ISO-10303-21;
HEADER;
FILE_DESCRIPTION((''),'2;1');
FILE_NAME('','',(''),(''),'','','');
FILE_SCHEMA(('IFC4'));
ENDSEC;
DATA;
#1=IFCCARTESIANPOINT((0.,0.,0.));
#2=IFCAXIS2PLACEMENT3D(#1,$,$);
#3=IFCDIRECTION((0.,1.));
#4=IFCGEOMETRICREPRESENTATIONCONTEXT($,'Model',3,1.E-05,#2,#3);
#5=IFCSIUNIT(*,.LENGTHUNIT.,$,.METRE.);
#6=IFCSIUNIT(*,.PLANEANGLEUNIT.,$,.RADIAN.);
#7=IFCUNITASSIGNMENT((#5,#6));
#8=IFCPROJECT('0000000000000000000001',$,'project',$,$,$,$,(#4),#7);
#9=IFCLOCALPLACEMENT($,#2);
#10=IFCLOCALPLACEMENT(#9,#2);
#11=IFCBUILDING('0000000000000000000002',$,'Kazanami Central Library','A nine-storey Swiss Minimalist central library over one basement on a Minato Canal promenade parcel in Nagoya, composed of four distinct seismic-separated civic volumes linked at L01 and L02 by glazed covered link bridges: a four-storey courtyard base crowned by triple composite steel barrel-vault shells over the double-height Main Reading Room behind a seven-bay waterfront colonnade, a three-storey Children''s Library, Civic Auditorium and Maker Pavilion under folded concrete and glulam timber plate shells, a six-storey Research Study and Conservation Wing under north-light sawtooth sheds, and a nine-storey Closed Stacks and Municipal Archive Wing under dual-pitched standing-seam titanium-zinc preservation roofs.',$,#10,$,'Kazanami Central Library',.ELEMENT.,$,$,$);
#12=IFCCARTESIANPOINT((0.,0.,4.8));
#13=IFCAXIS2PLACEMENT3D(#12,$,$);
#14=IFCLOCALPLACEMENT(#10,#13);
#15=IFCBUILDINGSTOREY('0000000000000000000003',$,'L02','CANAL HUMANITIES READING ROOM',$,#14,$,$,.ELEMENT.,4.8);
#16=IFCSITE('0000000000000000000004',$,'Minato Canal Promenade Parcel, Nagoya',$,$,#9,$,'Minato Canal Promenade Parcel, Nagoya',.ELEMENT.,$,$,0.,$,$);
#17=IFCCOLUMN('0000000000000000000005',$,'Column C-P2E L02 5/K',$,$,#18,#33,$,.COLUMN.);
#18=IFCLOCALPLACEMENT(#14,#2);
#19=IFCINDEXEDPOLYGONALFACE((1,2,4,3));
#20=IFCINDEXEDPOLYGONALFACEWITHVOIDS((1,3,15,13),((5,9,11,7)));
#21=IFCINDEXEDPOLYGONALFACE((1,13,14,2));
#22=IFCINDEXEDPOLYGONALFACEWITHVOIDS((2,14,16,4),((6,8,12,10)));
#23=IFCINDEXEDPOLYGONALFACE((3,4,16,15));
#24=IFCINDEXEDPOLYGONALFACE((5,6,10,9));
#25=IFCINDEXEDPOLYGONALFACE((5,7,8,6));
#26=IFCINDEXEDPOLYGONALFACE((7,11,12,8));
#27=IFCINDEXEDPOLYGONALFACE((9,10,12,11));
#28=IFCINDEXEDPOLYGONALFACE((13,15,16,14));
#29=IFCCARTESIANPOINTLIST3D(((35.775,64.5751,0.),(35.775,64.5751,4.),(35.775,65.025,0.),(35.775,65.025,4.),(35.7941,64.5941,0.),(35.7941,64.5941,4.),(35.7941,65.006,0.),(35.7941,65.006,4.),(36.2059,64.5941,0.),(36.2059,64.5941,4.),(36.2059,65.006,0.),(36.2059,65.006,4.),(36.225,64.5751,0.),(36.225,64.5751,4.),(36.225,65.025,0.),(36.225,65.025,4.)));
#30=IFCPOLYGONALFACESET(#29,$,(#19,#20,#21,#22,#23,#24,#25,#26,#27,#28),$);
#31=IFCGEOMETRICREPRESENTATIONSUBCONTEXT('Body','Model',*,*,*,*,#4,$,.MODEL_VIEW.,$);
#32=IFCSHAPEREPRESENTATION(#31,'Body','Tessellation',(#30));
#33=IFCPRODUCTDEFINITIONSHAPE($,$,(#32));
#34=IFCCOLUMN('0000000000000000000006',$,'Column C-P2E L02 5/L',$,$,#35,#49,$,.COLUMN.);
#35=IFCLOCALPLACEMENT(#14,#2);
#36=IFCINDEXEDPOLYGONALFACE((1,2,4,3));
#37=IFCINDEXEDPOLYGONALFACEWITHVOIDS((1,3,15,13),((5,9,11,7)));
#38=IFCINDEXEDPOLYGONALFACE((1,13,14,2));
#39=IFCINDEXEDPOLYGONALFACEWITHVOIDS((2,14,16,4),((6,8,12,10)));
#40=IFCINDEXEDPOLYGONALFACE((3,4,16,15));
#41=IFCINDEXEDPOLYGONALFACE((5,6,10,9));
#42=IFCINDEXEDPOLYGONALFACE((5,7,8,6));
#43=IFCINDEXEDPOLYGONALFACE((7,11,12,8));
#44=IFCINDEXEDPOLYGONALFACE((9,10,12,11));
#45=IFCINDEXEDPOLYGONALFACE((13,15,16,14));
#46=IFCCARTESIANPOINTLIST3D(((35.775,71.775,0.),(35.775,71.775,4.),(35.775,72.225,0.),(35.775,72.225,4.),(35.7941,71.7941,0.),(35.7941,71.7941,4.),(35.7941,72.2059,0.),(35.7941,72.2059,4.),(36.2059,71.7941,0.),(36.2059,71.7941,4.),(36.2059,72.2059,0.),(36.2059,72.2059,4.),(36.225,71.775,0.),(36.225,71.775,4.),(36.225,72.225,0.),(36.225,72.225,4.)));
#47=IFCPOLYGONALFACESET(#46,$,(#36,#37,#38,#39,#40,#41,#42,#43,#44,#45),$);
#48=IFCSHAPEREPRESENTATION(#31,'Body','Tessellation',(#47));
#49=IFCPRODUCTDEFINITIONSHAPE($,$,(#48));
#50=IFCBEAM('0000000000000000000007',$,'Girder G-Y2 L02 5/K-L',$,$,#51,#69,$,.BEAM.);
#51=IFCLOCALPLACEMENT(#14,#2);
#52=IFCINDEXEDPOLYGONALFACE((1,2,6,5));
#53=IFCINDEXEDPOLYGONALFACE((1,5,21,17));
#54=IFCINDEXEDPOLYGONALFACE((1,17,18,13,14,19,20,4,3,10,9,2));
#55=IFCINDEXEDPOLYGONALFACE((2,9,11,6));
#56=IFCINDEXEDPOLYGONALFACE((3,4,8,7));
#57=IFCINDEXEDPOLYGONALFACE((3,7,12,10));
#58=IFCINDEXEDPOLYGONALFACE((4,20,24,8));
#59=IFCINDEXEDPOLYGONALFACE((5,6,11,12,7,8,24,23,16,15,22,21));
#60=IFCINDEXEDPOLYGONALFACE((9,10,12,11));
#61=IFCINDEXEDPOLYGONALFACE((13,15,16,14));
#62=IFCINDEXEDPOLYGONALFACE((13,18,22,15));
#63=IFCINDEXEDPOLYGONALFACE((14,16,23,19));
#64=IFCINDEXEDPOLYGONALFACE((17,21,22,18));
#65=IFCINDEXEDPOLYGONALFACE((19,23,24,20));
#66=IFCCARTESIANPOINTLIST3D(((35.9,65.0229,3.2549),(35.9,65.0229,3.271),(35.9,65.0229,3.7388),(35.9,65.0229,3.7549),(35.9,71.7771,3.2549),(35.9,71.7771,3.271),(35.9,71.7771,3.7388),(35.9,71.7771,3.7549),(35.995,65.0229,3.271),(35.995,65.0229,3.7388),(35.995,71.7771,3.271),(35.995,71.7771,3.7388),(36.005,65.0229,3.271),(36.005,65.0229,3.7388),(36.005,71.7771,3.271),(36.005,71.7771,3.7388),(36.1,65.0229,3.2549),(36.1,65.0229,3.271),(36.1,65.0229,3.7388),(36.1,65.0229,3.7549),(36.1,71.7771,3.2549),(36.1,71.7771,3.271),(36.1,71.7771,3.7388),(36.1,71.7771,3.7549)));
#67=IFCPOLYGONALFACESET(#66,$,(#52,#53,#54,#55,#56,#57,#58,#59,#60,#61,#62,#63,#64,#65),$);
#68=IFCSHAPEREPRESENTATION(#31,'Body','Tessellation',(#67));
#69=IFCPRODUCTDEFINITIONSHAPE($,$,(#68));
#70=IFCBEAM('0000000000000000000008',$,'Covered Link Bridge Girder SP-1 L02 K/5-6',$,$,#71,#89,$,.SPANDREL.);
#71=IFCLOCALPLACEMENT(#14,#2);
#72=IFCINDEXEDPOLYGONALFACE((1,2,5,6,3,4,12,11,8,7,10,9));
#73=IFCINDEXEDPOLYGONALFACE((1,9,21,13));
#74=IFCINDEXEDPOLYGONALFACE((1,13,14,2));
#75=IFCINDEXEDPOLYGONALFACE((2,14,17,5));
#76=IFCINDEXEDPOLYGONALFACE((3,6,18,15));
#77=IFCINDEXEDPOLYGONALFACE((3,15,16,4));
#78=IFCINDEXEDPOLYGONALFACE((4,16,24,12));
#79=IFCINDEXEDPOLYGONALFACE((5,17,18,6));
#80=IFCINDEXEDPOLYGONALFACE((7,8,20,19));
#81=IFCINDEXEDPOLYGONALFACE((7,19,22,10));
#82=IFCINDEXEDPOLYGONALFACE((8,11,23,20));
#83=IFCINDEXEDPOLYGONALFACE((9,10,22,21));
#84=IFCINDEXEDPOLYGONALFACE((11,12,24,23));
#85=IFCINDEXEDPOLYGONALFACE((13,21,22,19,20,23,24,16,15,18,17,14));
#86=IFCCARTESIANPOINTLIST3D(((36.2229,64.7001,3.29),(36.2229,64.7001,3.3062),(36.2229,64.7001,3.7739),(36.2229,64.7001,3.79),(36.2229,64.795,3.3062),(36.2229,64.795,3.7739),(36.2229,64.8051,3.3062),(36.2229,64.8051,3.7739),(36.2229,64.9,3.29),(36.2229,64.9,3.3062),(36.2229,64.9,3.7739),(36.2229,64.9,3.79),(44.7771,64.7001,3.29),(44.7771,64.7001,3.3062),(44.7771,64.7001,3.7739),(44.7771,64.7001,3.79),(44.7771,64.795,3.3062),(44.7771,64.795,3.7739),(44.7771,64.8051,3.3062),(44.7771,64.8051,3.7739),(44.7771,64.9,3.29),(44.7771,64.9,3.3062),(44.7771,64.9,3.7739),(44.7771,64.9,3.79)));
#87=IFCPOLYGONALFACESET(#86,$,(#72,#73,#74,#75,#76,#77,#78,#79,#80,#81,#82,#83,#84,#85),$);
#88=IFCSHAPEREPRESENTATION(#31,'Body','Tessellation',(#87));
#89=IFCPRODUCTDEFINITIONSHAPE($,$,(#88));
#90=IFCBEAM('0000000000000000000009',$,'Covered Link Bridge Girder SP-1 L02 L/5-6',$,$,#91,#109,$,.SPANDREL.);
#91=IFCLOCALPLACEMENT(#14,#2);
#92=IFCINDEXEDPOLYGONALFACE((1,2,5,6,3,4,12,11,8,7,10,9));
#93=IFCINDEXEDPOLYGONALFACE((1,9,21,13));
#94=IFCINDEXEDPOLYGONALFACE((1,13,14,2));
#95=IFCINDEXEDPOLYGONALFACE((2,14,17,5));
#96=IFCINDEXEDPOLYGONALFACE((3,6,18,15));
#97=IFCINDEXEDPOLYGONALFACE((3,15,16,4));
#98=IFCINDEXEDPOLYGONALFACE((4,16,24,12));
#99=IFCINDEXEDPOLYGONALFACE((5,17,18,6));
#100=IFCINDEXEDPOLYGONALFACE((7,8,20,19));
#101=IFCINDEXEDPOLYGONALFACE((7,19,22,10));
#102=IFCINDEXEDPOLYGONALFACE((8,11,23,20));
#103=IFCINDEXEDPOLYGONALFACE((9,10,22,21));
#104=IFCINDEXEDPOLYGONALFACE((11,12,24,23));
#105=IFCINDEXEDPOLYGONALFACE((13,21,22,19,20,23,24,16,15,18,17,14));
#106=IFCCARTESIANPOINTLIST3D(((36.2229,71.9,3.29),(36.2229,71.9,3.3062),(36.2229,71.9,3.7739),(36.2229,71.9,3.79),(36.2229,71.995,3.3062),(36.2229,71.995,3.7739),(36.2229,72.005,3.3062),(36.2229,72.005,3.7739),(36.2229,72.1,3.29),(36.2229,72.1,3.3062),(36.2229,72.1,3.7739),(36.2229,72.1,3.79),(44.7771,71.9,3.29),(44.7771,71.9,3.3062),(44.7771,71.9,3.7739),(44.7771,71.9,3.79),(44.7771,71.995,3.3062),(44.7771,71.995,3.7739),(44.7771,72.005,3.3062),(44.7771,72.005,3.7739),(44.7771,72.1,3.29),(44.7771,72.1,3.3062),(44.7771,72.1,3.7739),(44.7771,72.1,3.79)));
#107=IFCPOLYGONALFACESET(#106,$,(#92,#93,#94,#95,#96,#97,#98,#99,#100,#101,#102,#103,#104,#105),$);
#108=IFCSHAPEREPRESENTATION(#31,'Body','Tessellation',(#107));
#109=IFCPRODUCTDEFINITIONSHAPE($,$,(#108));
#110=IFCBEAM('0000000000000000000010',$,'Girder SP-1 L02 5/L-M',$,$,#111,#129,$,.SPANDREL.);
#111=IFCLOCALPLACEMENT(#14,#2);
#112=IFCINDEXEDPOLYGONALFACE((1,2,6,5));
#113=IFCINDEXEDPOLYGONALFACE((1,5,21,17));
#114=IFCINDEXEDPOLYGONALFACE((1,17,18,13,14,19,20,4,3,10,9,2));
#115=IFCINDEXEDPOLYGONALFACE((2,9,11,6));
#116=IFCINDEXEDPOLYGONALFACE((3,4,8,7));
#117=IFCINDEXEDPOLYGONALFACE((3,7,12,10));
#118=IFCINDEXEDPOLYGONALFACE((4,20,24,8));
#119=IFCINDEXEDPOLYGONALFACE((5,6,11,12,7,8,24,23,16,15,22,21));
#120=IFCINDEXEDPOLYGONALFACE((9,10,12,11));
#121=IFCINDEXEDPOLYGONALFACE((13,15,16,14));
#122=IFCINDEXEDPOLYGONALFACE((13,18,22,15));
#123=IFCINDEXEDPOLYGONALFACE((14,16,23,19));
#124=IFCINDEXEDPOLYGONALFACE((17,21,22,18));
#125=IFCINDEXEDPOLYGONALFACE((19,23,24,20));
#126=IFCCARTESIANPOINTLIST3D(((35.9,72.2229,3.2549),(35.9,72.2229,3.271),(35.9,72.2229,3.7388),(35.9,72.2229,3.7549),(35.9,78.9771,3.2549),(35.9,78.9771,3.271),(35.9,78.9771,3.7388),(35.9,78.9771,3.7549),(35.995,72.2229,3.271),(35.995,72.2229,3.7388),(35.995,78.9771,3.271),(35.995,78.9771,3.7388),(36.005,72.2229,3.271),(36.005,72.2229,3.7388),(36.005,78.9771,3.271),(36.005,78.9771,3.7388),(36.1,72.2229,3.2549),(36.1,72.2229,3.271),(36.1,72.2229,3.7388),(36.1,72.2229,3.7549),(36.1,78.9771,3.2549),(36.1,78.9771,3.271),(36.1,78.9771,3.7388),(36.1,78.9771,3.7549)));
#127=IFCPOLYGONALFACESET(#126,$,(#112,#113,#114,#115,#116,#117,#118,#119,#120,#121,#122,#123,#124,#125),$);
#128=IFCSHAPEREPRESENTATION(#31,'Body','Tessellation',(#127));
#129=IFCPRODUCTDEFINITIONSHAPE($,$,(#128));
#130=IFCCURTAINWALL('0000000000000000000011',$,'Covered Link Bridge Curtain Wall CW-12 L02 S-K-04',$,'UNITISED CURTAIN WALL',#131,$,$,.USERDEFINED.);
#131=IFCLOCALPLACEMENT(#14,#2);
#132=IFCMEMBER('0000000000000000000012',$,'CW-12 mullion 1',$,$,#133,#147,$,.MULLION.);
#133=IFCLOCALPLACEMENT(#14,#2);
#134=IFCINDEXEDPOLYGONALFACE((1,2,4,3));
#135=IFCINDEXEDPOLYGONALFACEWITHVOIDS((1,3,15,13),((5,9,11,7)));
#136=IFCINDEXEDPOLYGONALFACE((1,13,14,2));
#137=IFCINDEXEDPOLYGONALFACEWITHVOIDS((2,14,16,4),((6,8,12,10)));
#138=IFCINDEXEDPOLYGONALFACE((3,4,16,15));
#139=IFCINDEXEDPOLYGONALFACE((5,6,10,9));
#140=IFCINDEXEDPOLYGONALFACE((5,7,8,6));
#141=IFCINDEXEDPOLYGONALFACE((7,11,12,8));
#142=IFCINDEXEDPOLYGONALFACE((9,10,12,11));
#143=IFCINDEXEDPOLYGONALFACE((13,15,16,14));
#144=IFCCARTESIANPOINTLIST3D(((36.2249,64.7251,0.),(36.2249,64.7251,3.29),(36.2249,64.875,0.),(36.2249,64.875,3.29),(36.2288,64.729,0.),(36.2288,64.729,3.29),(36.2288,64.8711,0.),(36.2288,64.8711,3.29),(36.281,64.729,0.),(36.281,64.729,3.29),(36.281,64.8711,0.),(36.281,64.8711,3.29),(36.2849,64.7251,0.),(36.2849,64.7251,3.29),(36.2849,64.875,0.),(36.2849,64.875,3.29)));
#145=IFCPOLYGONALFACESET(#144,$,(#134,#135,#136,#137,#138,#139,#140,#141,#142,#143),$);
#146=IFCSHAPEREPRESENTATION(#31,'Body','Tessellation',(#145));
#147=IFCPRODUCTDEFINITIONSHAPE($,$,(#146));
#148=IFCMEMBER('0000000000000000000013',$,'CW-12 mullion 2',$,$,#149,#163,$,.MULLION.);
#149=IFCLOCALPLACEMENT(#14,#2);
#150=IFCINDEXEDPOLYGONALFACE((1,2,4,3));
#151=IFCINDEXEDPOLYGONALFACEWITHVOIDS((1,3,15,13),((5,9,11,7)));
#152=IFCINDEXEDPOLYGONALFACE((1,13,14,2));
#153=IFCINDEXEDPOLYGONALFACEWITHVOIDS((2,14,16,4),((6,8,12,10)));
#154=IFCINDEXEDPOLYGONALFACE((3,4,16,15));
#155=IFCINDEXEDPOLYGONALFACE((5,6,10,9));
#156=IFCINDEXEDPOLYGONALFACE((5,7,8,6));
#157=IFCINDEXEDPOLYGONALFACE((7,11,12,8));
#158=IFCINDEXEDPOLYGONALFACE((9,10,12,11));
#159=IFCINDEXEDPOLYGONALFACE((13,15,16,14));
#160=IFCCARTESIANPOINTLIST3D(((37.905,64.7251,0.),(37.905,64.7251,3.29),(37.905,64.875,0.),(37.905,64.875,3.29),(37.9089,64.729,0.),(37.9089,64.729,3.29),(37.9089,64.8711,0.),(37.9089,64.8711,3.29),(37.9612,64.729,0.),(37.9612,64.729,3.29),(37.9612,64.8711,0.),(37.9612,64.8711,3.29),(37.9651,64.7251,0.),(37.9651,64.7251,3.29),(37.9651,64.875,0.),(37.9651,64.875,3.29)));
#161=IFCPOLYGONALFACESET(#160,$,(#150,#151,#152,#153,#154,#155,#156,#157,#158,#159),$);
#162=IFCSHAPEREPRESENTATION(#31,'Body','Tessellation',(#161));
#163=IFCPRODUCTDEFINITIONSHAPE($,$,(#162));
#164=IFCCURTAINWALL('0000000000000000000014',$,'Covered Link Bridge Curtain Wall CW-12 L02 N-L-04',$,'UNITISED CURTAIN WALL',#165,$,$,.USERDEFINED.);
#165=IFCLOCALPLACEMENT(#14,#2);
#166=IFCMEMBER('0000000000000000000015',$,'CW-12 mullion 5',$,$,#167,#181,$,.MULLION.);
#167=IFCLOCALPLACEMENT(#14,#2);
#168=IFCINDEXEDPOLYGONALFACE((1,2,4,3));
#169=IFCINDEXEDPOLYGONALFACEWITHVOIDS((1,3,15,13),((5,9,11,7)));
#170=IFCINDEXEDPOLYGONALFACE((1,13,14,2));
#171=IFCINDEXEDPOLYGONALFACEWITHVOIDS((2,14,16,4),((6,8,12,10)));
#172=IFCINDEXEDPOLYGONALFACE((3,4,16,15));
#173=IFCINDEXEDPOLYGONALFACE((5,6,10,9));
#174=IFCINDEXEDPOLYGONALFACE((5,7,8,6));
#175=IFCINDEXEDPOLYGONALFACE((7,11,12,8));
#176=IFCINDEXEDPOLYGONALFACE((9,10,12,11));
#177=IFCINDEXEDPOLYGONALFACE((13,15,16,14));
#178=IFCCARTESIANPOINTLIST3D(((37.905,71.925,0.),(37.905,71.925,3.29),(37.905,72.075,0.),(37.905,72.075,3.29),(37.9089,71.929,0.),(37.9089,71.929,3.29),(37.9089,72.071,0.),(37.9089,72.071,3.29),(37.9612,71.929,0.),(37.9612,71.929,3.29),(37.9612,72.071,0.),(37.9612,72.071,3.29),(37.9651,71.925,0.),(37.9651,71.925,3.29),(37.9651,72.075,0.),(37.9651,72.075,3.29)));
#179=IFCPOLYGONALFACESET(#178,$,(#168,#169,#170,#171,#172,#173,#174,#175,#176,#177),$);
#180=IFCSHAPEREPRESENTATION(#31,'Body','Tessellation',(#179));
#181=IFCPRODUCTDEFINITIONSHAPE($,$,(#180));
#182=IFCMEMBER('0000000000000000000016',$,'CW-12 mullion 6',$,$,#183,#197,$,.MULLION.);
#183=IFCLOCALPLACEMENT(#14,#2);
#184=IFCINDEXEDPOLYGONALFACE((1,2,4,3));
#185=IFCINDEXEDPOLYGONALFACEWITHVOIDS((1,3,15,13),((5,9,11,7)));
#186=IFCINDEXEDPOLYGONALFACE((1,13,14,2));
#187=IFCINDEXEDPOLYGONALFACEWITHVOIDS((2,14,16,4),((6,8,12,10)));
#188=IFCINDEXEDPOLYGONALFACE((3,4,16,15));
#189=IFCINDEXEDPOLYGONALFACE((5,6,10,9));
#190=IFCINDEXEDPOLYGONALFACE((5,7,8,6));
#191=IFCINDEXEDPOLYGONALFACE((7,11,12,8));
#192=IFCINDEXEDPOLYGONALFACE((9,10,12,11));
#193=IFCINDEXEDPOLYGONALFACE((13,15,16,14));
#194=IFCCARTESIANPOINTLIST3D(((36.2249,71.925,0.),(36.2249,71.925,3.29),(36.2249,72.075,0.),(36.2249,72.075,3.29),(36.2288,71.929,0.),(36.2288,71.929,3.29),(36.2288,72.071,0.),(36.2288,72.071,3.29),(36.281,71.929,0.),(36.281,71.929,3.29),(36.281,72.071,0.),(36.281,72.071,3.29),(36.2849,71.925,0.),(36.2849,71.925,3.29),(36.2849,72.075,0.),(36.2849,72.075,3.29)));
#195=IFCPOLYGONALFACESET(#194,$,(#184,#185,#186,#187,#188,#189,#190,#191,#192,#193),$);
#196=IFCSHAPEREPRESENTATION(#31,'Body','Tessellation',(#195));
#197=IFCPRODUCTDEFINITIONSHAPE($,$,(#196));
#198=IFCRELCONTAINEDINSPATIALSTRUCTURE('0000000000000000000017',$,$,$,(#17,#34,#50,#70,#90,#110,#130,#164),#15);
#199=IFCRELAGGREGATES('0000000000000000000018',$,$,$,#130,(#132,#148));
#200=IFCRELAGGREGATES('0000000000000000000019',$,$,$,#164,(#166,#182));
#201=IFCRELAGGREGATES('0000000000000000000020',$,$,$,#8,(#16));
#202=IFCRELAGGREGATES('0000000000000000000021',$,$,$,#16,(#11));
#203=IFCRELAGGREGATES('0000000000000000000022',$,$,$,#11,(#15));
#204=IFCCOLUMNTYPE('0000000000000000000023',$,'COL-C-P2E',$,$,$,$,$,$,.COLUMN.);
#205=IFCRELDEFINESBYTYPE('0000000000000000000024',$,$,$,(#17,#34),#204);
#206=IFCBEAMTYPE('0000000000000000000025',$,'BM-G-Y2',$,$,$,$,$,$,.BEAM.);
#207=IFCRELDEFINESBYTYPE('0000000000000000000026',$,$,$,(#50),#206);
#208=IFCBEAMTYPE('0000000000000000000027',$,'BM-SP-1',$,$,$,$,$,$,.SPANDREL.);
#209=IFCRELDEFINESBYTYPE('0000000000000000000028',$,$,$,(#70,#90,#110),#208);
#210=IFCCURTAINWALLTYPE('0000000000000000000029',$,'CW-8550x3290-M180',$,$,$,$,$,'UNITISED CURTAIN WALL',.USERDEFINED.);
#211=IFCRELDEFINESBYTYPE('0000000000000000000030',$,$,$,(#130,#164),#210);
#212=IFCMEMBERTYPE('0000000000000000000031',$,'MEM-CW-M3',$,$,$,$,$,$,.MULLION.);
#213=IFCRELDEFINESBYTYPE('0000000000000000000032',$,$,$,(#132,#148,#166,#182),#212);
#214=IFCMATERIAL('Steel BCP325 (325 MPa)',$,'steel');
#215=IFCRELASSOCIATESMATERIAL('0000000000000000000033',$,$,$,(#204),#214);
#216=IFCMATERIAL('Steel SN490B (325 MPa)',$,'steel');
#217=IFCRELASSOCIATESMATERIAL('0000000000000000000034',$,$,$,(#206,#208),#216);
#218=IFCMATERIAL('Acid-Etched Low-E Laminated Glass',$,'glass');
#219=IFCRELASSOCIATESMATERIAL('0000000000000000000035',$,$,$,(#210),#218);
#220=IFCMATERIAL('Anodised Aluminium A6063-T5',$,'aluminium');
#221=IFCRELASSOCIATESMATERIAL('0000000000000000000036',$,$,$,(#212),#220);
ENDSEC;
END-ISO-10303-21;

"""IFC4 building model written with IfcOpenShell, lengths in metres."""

from ifc_helpers import new_model, si_unit, direction, frame, origin, origin_2d, place, context, subcontext, project, spatial, hollow_rectangle, i_section, extrude, material, material_profile, profile_set, type_object, element, aggregate, save


model = new_model("IFC4")

# Units and contexts
model_context = context("Model", 3, precision=1e-05, world=origin(), true_north=direction((0.0, 1.0)))
body_context = subcontext(model_context, "Body", "Model", "MODEL_VIEW")
ifc_project = project(units=[si_unit("LENGTHUNIT", "METRE"), si_unit("PLANEANGLEUNIT", "RADIAN")], contexts=[model_context])

# Site, building, storey
site_placement = place(None, origin())
site = spatial("IfcSite", under=ifc_project, at=site_placement, Name="Minato Canal Promenade Parcel, Nagoya", LongName="Minato Canal Promenade Parcel, Nagoya", CompositionType="ELEMENT", RefElevation=0.0)
building_placement = place(site_placement, origin())
building = spatial("IfcBuilding", under=site, at=building_placement, Name="Kazanami Central Library", Description="A nine-storey Swiss Minimalist central library over one basement on a Minato Canal promenade parcel in Nagoya, composed of four distinct seismic-separated civic volumes linked at L01 and L02 by glazed covered link bridges: a four-storey courtyard base crowned by triple composite steel barrel-vault shells over the double-height Main Reading Room behind a seven-bay waterfront colonnade, a three-storey Children's Library, Civic Auditorium and Maker Pavilion under folded concrete and glulam timber plate shells, a six-storey Research Study and Conservation Wing under north-light sawtooth sheds, and a nine-storey Closed Stacks and Municipal Archive Wing under dual-pitched standing-seam titanium-zinc preservation roofs.", LongName="Kazanami Central Library", CompositionType="ELEMENT")
storey_placement = place(building_placement, frame((0.0, 0.0, 4.8)))
storey = spatial("IfcBuildingStorey", under=building, at=storey_placement, Name="L02", Description="CANAL HUMANITIES READING ROOM", CompositionType="ELEMENT", Elevation=4.8)

# Columns
ifc_material_1 = material(Name="Steel BCP325 (325 MPa)", Category="steel")
ifc_material_profile_1 = material_profile(ifc_material_1, hollow_rectangle(XDim=0.45, YDim=0.45, WallThickness=0.019, at=origin_2d()), Name="BCP-450x450x19")
ifc_profile_set_1 = profile_set([ifc_material_profile_1], Name="Steel BCP325 (325 MPa)")
column_type = type_object("IfcColumnType", Name="COL-C-P2E", PredefinedType="COLUMN", material=ifc_profile_set_1)
for number, where, z_axis, x_axis, name in (
    (1, (36.0, 64.8, 0.0), (0.0, 0.0, 1.0), (1.0, 0.0, 0.0), "Column C-P2E L02 5/K"),
    (2, (36.0, 72.0, 0.0), (0.0, 0.0, 1.0), (1.0, 0.0, 0.0), "Column C-P2E L02 5/L"),
):
    element("IfcColumn", number, at=place(storey_placement, frame(where, z_axis=z_axis, x_axis=x_axis)), inside=storey, type_object=column_type, Name=name, PredefinedType="COLUMN", context=body_context, shape_type="SweptSolid", body=[
        extrude(hollow_rectangle(XDim=0.45, YDim=0.45, WallThickness=0.019, at=origin_2d()), origin(), (0.0, 0.0, 1.0), 4.0),
    ])

# Beams
ifc_material_2 = material(Name="Steel SN490B (325 MPa)", Category="steel")
ifc_material_profile_2 = material_profile(ifc_material_2, i_section(OverallWidth=0.2, OverallDepth=0.5, WebThickness=0.01, FlangeThickness=0.0161, at=origin_2d()), Name="H-500x200x10x16")
ifc_profile_set_2 = profile_set([ifc_material_profile_2], Name="Steel SN490B (325 MPa)")
beam_type_1 = type_object("IfcBeamType", Name="BM-G-Y2", PredefinedType="BEAM", material=ifc_profile_set_2)
beam_1_placement = place(storey_placement, frame((36.0, 65.0229, 3.5049), z_axis=(0.0, 1.0, 0.0), x_axis=(-1.0, 0.0, 0.0)))
element("IfcBeam", 3, at=beam_1_placement, inside=storey, type_object=beam_type_1, Name="Girder G-Y2 L02 5/K-L", PredefinedType="BEAM", context=body_context, shape_type="SweptSolid", body=[
    extrude(i_section(OverallWidth=0.2, OverallDepth=0.5, WebThickness=0.01, FlangeThickness=0.0161, at=origin_2d()), origin(), (0.0, 0.0, 1.0), 6.7542),
])
ifc_material_profile_3 = material_profile(ifc_material_2, i_section(OverallWidth=0.2, OverallDepth=0.5, WebThickness=0.01, FlangeThickness=0.0161, at=origin_2d()), Name="H-500x200x10x16")
ifc_profile_set_3 = profile_set([ifc_material_profile_3], Name="Steel SN490B (325 MPa)")
beam_type_2 = type_object("IfcBeamType", Name="BM-SP-1", PredefinedType="SPANDREL", material=ifc_profile_set_3)
for number, where, z_axis, x_axis, name in (
    (4, (36.2229, 64.8, 3.54), (1.0, 0.0, 0.0), (0.0, 1.0, 0.0), "Covered Link Bridge Girder SP-1 L02 K/5-6"),
    (5, (36.2229, 72.0, 3.54), (1.0, 0.0, 0.0), (0.0, 1.0, 0.0), "Covered Link Bridge Girder SP-1 L02 L/5-6"),
):
    element("IfcBeam", number, at=place(storey_placement, frame(where, z_axis=z_axis, x_axis=x_axis)), inside=storey, type_object=beam_type_2, Name=name, PredefinedType="SPANDREL", context=body_context, shape_type="SweptSolid", body=[
        extrude(i_section(OverallWidth=0.2, OverallDepth=0.5, WebThickness=0.01, FlangeThickness=0.0161, at=origin_2d()), origin(), (0.0, 0.0, 1.0), 8.5542),
    ])
beam_2_placement = place(storey_placement, frame((36.0, 72.2229, 3.5049), z_axis=(0.0, 1.0, 0.0), x_axis=(-1.0, 0.0, 0.0)))
element("IfcBeam", 6, at=beam_2_placement, inside=storey, type_object=beam_type_2, Name="Girder SP-1 L02 5/L-M", PredefinedType="SPANDREL", context=body_context, shape_type="SweptSolid", body=[
    extrude(i_section(OverallWidth=0.2, OverallDepth=0.5, WebThickness=0.01, FlangeThickness=0.0161, at=origin_2d()), origin(), (0.0, 0.0, 1.0), 6.7542),
])

# Curtain walls, members
ifc_material_3 = material(Name="Acid-Etched Low-E Laminated Glass", Category="glass")
curtain_wall_type_1 = type_object("IfcCurtainWallType", Name="CW-8550x3290-M180", ElementType="UNITISED CURTAIN WALL", PredefinedType="USERDEFINED", material=ifc_material_3)
curtain_wall_1_placement = place(storey_placement, origin())
curtain_wall_1 = element("IfcCurtainWall", 7, at=curtain_wall_1_placement, inside=storey, type_object=curtain_wall_type_1, Name="Covered Link Bridge Curtain Wall CW-12 L02 S-K-04", ObjectType="UNITISED CURTAIN WALL", PredefinedType="USERDEFINED")
ifc_material_4 = material(Name="Anodised Aluminium A6063-T5", Category="aluminium")
ifc_material_profile_4 = material_profile(ifc_material_4, hollow_rectangle(XDim=0.0601, YDim=0.1499, WallThickness=0.0039, at=origin_2d()), Name="ALU-MULL-60x150x4")
ifc_profile_set_4 = profile_set([ifc_material_profile_4], Name="Anodised Aluminium A6063-T5")
member_type_1 = type_object("IfcMemberType", Name="MEM-CW-M3", PredefinedType="MULLION", material=ifc_profile_set_4)
member_1_placement = place(storey_placement, frame((36.2549, 64.8, 0.0), z_axis=(0.0, 0.0, 1.0), x_axis=(1.0, 0.0, 0.0)))
member_1 = element("IfcMember", 8, at=member_1_placement, type_object=member_type_1, Name="CW-12 mullion 1", PredefinedType="MULLION", context=body_context, shape_type="SweptSolid", body=[
    extrude(hollow_rectangle(XDim=0.0601, YDim=0.1499, WallThickness=0.0039, at=origin_2d()), origin(), (0.0, 0.0, 1.0), 3.29),
])
member_2_placement = place(storey_placement, frame((37.9351, 64.8, 0.0), z_axis=(0.0, 0.0, 1.0), x_axis=(1.0, 0.0, 0.0)))
member_2 = element("IfcMember", 9, at=member_2_placement, type_object=member_type_1, Name="CW-12 mullion 2", PredefinedType="MULLION", context=body_context, shape_type="SweptSolid", body=[
    extrude(hollow_rectangle(XDim=0.0601, YDim=0.1499, WallThickness=0.0039, at=origin_2d()), origin(), (0.0, 0.0, 1.0), 3.29),
])
curtain_wall_2_placement = place(storey_placement, origin())
curtain_wall_2 = element("IfcCurtainWall", 10, at=curtain_wall_2_placement, inside=storey, type_object=curtain_wall_type_1, Name="Covered Link Bridge Curtain Wall CW-12 L02 N-L-04", ObjectType="UNITISED CURTAIN WALL", PredefinedType="USERDEFINED")
member_3_placement = place(storey_placement, frame((37.9351, 72.0, 0.0), z_axis=(0.0, 0.0, 1.0), x_axis=(-1.0, 0.0, 0.0)))
member_3 = element("IfcMember", 11, at=member_3_placement, type_object=member_type_1, Name="CW-12 mullion 5", PredefinedType="MULLION", context=body_context, shape_type="SweptSolid", body=[
    extrude(hollow_rectangle(XDim=0.0601, YDim=0.1499, WallThickness=0.0039, at=origin_2d()), origin(), (0.0, 0.0, 1.0), 3.29),
])
member_4_placement = place(storey_placement, frame((36.2549, 72.0, 0.0), z_axis=(0.0, 0.0, 1.0), x_axis=(-1.0, 0.0, 0.0)))
member_4 = element("IfcMember", 12, at=member_4_placement, type_object=member_type_1, Name="CW-12 mullion 6", PredefinedType="MULLION", context=body_context, shape_type="SweptSolid", body=[
    extrude(hollow_rectangle(XDim=0.0601, YDim=0.1499, WallThickness=0.0039, at=origin_2d()), origin(), (0.0, 0.0, 1.0), 3.29),
])

aggregate(curtain_wall_1, [member_1, member_2])
aggregate(curtain_wall_2, [member_3, member_4])

save(model, "model.ifc")
